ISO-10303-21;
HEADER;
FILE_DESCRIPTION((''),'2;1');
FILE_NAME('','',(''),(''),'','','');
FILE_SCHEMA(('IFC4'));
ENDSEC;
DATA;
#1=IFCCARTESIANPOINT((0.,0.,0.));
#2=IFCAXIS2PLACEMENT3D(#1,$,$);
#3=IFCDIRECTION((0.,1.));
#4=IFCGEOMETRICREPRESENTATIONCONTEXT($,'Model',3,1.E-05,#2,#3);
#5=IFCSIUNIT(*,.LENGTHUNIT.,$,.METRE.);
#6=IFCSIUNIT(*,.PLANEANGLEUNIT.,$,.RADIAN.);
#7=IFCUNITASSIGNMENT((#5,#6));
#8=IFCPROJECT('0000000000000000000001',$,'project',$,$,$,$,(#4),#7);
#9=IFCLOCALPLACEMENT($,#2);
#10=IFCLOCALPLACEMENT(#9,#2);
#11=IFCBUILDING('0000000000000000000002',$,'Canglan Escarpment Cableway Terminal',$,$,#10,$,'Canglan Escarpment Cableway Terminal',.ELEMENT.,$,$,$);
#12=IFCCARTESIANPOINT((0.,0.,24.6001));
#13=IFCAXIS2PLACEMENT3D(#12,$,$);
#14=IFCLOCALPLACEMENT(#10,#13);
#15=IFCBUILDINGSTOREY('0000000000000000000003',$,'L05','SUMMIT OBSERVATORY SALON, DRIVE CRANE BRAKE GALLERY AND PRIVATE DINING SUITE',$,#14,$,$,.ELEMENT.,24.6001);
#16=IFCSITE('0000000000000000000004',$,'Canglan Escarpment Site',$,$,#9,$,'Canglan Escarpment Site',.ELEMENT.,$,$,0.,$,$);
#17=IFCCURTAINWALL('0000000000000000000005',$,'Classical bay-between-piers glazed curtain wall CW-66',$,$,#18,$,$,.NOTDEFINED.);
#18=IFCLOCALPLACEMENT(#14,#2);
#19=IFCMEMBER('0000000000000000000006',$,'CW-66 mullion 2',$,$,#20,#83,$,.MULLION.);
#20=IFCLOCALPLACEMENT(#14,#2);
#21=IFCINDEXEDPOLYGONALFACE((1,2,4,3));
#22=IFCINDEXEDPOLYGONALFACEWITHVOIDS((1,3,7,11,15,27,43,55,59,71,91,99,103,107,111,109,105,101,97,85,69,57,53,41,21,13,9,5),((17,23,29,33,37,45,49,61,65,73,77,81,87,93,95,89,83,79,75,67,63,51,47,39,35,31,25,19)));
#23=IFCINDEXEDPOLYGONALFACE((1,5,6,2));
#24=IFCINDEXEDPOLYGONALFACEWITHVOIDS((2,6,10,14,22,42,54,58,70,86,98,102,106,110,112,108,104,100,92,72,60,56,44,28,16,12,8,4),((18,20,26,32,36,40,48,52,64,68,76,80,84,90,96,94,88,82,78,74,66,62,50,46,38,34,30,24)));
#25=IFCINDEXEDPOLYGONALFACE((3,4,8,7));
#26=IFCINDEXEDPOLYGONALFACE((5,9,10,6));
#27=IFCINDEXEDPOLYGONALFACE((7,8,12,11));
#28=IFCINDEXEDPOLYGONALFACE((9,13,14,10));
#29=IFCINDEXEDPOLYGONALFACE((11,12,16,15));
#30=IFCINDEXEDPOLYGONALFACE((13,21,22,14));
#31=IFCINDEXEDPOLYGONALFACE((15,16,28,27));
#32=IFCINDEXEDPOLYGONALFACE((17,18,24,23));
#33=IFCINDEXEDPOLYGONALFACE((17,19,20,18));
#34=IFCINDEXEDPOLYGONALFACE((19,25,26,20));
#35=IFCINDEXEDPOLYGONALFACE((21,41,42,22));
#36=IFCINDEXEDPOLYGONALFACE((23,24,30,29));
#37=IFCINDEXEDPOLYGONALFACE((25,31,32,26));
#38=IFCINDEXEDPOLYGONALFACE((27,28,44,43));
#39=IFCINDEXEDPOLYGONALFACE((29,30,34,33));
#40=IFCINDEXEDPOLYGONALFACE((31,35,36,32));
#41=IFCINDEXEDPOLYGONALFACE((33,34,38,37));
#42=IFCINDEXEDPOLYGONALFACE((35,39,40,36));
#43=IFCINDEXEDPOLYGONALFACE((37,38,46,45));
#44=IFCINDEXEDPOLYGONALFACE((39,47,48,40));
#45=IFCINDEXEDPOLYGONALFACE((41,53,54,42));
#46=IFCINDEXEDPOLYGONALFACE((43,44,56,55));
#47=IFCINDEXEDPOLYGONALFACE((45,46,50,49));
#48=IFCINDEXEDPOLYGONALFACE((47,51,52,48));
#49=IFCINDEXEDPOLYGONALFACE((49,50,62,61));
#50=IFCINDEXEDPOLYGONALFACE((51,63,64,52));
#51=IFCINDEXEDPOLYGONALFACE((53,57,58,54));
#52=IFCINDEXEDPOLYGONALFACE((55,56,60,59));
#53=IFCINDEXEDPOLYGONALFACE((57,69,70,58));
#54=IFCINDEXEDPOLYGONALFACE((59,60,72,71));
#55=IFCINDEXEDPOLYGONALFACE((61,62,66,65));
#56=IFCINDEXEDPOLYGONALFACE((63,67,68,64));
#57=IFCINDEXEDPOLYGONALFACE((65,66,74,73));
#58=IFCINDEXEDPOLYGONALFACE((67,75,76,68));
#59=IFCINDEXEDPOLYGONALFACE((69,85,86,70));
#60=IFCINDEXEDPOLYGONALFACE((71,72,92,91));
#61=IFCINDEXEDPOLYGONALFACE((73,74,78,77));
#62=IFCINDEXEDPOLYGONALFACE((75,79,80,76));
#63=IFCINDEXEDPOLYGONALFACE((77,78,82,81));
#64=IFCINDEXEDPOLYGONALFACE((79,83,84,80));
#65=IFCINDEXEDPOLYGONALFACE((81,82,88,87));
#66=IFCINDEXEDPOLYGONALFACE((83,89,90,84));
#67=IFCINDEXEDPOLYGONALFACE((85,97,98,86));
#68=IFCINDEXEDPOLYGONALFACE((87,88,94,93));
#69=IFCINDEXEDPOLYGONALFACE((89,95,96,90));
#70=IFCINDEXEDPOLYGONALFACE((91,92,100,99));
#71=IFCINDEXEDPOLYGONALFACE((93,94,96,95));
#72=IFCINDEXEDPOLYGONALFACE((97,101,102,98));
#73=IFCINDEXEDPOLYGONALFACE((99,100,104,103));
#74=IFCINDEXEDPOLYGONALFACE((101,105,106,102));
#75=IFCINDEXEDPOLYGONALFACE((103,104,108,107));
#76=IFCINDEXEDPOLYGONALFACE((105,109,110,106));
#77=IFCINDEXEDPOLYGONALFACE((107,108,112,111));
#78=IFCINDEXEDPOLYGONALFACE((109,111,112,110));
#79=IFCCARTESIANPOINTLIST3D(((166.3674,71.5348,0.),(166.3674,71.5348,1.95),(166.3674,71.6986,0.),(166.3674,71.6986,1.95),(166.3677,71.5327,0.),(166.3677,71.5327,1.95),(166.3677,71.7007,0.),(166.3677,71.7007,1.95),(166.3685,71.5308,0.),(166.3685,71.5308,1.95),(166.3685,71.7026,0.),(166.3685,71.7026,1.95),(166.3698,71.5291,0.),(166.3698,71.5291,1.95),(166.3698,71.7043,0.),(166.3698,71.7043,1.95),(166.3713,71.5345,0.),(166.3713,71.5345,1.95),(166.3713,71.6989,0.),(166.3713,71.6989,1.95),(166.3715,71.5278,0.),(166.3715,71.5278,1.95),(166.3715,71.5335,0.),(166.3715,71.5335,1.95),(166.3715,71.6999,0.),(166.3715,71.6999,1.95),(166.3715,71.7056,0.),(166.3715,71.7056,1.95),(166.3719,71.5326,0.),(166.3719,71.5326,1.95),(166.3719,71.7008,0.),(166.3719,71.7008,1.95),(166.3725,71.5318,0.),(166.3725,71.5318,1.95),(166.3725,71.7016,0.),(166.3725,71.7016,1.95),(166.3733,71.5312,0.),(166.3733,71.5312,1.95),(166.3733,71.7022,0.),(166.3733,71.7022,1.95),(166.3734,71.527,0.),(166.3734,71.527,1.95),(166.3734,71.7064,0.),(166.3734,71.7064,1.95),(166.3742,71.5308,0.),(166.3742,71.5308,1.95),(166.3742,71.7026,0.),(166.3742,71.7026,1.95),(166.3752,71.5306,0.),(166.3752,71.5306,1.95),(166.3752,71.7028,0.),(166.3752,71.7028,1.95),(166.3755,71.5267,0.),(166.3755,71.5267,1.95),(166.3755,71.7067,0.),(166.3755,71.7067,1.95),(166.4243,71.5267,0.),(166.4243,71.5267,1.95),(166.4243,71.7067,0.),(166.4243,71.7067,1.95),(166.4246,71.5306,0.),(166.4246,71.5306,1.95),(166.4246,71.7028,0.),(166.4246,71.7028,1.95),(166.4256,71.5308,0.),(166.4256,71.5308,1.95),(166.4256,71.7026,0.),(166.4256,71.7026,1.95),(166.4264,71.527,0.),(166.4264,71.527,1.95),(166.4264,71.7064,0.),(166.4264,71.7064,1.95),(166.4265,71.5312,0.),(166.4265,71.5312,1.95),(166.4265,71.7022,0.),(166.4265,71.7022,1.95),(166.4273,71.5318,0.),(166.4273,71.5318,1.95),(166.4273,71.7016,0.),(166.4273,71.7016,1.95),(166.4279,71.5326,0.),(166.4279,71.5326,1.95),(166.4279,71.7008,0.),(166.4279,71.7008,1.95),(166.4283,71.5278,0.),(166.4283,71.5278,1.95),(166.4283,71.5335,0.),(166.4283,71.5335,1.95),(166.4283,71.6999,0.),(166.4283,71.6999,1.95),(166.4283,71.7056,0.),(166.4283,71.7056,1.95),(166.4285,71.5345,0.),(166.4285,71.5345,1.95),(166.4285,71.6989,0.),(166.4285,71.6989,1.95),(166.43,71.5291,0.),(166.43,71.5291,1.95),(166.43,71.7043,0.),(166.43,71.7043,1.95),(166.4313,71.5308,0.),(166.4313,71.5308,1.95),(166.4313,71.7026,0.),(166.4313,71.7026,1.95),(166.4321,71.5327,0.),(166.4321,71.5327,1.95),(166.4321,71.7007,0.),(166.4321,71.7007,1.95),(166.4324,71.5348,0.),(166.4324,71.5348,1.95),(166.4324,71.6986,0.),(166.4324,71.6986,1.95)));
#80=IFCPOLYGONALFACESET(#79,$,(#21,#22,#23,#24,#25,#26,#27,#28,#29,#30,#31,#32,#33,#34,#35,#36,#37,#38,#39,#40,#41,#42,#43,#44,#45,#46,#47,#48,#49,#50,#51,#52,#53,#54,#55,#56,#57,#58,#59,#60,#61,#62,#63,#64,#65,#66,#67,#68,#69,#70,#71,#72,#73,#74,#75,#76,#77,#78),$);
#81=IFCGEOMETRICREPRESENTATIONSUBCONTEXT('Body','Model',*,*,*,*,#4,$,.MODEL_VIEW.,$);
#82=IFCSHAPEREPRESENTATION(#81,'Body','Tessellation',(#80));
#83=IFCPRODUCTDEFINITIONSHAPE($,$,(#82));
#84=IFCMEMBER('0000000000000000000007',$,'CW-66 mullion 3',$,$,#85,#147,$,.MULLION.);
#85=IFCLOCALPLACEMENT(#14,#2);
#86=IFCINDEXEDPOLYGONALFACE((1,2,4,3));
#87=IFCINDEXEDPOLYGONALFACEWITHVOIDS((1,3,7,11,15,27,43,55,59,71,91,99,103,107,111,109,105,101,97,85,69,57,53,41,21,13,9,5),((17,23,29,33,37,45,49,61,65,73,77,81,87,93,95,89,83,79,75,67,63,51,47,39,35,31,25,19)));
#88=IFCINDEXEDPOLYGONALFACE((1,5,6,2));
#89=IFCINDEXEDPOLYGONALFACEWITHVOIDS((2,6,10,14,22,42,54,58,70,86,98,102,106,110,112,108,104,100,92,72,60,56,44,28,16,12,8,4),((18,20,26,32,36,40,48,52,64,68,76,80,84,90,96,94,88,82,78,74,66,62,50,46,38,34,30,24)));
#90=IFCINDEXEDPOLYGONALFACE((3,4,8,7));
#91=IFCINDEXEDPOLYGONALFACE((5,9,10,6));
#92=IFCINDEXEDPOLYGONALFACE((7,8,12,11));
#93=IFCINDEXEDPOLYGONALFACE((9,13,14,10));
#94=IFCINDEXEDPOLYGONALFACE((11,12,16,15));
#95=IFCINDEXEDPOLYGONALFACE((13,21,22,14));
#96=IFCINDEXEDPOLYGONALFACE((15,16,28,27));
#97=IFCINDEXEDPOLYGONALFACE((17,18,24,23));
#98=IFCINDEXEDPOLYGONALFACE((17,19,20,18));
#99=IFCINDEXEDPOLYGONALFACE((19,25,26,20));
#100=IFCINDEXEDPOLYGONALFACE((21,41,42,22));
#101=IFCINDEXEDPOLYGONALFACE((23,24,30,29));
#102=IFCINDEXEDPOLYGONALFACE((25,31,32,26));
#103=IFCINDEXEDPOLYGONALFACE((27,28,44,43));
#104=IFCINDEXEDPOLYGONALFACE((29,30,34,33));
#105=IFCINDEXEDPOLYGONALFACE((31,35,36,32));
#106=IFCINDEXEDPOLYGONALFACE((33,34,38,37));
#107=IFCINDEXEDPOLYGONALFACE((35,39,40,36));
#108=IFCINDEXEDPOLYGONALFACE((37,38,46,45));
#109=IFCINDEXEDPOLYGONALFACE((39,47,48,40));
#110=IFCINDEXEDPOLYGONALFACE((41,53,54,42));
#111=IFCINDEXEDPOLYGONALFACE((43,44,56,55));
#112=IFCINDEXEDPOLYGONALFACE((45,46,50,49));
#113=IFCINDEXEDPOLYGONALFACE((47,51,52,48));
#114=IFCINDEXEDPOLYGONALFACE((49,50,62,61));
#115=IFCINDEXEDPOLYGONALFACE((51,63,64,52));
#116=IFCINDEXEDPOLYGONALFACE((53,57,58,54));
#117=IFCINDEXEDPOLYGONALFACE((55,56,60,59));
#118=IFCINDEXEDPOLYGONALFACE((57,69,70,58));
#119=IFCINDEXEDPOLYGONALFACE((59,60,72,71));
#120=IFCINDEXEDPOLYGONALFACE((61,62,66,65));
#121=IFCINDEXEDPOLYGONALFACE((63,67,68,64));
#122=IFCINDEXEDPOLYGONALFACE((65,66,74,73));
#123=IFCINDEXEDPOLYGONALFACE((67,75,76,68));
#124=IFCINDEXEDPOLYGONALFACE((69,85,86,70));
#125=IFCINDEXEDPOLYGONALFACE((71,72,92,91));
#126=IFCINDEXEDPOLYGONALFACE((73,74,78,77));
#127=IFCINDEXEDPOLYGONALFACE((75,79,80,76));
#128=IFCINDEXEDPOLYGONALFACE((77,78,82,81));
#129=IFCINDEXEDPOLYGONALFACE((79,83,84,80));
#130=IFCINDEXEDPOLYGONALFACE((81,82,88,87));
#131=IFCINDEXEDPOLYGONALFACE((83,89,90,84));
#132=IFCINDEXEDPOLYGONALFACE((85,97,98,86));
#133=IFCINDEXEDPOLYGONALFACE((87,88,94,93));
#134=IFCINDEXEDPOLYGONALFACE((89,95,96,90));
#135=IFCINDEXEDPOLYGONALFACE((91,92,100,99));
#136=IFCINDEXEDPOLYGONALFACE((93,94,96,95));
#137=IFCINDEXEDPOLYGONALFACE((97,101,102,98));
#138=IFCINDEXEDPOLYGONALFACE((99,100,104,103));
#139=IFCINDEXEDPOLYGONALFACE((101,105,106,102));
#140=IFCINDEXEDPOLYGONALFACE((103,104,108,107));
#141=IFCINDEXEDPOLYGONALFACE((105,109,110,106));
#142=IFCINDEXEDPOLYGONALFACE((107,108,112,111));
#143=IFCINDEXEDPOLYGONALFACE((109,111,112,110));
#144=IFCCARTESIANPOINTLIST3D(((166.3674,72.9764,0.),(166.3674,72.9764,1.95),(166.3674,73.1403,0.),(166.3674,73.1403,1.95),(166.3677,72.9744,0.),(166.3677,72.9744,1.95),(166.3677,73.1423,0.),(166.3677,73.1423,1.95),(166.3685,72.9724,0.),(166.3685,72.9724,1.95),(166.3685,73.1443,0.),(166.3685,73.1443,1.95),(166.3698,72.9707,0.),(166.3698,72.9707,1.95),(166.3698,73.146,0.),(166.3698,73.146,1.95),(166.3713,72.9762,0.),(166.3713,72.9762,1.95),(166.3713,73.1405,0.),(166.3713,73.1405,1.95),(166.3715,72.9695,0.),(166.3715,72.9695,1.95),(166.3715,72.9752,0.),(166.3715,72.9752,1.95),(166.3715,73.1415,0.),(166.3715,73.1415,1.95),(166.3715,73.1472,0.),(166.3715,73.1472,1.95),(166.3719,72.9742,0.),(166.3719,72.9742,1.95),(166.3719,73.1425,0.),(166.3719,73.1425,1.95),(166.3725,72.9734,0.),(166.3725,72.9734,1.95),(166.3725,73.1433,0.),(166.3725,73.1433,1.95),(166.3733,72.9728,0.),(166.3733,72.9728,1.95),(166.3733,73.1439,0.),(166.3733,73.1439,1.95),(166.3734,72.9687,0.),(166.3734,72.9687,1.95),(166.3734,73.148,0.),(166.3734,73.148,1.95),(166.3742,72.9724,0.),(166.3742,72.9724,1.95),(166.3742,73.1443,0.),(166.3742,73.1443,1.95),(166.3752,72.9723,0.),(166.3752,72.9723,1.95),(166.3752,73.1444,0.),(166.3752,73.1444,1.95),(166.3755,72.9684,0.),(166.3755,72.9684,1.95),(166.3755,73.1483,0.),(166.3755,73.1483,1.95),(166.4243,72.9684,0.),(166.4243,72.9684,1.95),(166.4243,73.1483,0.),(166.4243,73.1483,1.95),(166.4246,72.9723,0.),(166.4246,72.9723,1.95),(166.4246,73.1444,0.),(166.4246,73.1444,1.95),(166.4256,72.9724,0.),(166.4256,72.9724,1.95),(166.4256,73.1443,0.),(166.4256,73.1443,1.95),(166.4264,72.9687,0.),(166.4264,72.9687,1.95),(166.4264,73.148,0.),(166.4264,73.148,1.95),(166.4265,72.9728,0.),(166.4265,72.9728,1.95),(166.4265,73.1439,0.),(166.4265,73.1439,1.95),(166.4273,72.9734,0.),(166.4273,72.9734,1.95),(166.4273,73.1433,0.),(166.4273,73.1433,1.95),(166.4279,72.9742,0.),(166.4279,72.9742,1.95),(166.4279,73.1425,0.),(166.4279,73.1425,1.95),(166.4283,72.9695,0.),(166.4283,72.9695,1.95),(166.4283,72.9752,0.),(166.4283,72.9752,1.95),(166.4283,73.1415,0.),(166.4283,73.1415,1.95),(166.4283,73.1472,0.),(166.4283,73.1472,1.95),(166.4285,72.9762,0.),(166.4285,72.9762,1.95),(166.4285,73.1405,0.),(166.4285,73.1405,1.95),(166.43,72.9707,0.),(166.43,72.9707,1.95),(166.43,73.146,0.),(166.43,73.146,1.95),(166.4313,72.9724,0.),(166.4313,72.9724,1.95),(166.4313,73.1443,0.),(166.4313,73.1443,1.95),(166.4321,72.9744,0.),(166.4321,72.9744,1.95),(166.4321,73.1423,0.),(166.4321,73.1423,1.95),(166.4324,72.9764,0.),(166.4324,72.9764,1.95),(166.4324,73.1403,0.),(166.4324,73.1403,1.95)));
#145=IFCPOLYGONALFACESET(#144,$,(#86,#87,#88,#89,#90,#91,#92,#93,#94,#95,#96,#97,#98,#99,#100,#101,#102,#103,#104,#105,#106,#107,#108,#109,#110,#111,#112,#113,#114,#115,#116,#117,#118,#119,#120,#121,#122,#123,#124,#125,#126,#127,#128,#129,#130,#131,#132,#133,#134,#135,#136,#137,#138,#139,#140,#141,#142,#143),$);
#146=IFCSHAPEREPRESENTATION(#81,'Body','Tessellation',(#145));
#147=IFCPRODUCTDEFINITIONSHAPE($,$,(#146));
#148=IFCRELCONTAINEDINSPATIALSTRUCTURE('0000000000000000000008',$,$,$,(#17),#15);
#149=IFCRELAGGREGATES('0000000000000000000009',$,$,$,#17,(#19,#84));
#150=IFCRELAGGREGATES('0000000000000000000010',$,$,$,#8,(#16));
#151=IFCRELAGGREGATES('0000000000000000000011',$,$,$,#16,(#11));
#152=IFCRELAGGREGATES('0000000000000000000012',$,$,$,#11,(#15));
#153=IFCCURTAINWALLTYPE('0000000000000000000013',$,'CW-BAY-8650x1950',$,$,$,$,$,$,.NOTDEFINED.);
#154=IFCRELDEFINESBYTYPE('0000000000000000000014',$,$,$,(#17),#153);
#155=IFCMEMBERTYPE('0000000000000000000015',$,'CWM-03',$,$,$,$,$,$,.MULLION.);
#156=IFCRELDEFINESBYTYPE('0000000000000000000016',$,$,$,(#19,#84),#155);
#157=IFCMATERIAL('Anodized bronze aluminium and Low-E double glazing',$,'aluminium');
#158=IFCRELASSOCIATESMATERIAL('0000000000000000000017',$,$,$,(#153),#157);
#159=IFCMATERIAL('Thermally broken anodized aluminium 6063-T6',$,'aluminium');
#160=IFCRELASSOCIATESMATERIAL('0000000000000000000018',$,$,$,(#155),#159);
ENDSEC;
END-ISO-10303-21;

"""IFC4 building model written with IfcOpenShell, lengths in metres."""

from ifc_helpers import new_model, si_unit, direction, frame, origin, origin_2d, place, context, subcontext, project, spatial, hollow_rectangle, extrude, material, material_profile, profile_set, type_object, element, aggregate, save


model = new_model("IFC4")

# Units and contexts
model_context = context("Model", 3, precision=1e-05, world=origin(), true_north=direction((0.0, 1.0)))
body_context = subcontext(model_context, "Body", "Model", "MODEL_VIEW")
ifc_project = project(units=[si_unit("LENGTHUNIT", "METRE"), si_unit("PLANEANGLEUNIT", "RADIAN")], contexts=[model_context])

# Site, building, storey
site_placement = place(None, origin())
site = spatial("IfcSite", under=ifc_project, at=site_placement, Name="Canglan Escarpment Site", LongName="Canglan Escarpment Site", CompositionType="ELEMENT", RefElevation=0.0)
building_placement = place(site_placement, origin())
building = spatial("IfcBuilding", under=site, at=building_placement, Name="Canglan Escarpment Cableway Terminal", LongName="Canglan Escarpment Cableway Terminal", CompositionType="ELEMENT")
storey_placement = place(building_placement, frame((0.0, 0.0, 24.6001)))
storey = spatial("IfcBuildingStorey", under=building, at=storey_placement, Name="L05", Description="SUMMIT OBSERVATORY SALON, DRIVE CRANE BRAKE GALLERY AND PRIVATE DINING SUITE", CompositionType="ELEMENT", Elevation=24.6001)

# Curtain wall, members
ifc_material_1 = material(Name="Anodized bronze aluminium and Low-E double glazing", Category="aluminium")
curtain_wall_type = type_object("IfcCurtainWallType", Name="CW-BAY-8650x1950", PredefinedType="NOTDEFINED", material=ifc_material_1)
ifc_material_2 = material(Name="Thermally broken anodized aluminium 6063-T6", Category="aluminium")
curtain_wall_1_placement = place(storey_placement, origin())
curtain_wall_1 = element("IfcCurtainWall", 1, at=curtain_wall_1_placement, inside=storey, type_object=curtain_wall_type, Name="Classical bay-between-piers glazed curtain wall CW-66", PredefinedType="NOTDEFINED")
ifc_material_profile_1 = material_profile(ifc_material_2, hollow_rectangle(XDim=0.0649, YDim=0.1799, WallThickness=0.0039, InnerFilletRadius=0.0039, OuterFilletRadius=0.0081, at=origin_2d()), Name="ALU-MULL 65x180x4")
ifc_profile_set_1 = profile_set([ifc_material_profile_1], Name="Thermally broken anodized aluminium 6063-T6")
member_type_1 = type_object("IfcMemberType", Name="CWM-03", PredefinedType="MULLION", material=ifc_profile_set_1)
member_1_placement = place(storey_placement, frame((166.3999, 71.6167, 0.0), z_axis=(0.0, 0.0, 1.0), x_axis=(-1.0, 0.0, 0.0)))
member_1 = element("IfcMember", 2, at=member_1_placement, type_object=member_type_1, Name="CW-66 mullion 2", PredefinedType="MULLION", context=body_context, shape_type="SweptSolid", body=[
    extrude(hollow_rectangle(XDim=0.0649, YDim=0.1799, WallThickness=0.0039, InnerFilletRadius=0.0039, OuterFilletRadius=0.0081, at=origin_2d()), origin(), (0.0, 0.0, 1.0), 1.95),
])
member_2_placement = place(storey_placement, frame((166.3999, 73.0583, 0.0), z_axis=(0.0, 0.0, 1.0), x_axis=(-1.0, 0.0, 0.0)))
member_2 = element("IfcMember", 3, at=member_2_placement, type_object=member_type_1, Name="CW-66 mullion 3", PredefinedType="MULLION", context=body_context, shape_type="SweptSolid", body=[
    extrude(hollow_rectangle(XDim=0.0649, YDim=0.1799, WallThickness=0.0039, InnerFilletRadius=0.0039, OuterFilletRadius=0.0081, at=origin_2d()), origin(), (0.0, 0.0, 1.0), 1.95),
])

aggregate(curtain_wall_1, [member_1, member_2])

save(model, "model.ifc")
